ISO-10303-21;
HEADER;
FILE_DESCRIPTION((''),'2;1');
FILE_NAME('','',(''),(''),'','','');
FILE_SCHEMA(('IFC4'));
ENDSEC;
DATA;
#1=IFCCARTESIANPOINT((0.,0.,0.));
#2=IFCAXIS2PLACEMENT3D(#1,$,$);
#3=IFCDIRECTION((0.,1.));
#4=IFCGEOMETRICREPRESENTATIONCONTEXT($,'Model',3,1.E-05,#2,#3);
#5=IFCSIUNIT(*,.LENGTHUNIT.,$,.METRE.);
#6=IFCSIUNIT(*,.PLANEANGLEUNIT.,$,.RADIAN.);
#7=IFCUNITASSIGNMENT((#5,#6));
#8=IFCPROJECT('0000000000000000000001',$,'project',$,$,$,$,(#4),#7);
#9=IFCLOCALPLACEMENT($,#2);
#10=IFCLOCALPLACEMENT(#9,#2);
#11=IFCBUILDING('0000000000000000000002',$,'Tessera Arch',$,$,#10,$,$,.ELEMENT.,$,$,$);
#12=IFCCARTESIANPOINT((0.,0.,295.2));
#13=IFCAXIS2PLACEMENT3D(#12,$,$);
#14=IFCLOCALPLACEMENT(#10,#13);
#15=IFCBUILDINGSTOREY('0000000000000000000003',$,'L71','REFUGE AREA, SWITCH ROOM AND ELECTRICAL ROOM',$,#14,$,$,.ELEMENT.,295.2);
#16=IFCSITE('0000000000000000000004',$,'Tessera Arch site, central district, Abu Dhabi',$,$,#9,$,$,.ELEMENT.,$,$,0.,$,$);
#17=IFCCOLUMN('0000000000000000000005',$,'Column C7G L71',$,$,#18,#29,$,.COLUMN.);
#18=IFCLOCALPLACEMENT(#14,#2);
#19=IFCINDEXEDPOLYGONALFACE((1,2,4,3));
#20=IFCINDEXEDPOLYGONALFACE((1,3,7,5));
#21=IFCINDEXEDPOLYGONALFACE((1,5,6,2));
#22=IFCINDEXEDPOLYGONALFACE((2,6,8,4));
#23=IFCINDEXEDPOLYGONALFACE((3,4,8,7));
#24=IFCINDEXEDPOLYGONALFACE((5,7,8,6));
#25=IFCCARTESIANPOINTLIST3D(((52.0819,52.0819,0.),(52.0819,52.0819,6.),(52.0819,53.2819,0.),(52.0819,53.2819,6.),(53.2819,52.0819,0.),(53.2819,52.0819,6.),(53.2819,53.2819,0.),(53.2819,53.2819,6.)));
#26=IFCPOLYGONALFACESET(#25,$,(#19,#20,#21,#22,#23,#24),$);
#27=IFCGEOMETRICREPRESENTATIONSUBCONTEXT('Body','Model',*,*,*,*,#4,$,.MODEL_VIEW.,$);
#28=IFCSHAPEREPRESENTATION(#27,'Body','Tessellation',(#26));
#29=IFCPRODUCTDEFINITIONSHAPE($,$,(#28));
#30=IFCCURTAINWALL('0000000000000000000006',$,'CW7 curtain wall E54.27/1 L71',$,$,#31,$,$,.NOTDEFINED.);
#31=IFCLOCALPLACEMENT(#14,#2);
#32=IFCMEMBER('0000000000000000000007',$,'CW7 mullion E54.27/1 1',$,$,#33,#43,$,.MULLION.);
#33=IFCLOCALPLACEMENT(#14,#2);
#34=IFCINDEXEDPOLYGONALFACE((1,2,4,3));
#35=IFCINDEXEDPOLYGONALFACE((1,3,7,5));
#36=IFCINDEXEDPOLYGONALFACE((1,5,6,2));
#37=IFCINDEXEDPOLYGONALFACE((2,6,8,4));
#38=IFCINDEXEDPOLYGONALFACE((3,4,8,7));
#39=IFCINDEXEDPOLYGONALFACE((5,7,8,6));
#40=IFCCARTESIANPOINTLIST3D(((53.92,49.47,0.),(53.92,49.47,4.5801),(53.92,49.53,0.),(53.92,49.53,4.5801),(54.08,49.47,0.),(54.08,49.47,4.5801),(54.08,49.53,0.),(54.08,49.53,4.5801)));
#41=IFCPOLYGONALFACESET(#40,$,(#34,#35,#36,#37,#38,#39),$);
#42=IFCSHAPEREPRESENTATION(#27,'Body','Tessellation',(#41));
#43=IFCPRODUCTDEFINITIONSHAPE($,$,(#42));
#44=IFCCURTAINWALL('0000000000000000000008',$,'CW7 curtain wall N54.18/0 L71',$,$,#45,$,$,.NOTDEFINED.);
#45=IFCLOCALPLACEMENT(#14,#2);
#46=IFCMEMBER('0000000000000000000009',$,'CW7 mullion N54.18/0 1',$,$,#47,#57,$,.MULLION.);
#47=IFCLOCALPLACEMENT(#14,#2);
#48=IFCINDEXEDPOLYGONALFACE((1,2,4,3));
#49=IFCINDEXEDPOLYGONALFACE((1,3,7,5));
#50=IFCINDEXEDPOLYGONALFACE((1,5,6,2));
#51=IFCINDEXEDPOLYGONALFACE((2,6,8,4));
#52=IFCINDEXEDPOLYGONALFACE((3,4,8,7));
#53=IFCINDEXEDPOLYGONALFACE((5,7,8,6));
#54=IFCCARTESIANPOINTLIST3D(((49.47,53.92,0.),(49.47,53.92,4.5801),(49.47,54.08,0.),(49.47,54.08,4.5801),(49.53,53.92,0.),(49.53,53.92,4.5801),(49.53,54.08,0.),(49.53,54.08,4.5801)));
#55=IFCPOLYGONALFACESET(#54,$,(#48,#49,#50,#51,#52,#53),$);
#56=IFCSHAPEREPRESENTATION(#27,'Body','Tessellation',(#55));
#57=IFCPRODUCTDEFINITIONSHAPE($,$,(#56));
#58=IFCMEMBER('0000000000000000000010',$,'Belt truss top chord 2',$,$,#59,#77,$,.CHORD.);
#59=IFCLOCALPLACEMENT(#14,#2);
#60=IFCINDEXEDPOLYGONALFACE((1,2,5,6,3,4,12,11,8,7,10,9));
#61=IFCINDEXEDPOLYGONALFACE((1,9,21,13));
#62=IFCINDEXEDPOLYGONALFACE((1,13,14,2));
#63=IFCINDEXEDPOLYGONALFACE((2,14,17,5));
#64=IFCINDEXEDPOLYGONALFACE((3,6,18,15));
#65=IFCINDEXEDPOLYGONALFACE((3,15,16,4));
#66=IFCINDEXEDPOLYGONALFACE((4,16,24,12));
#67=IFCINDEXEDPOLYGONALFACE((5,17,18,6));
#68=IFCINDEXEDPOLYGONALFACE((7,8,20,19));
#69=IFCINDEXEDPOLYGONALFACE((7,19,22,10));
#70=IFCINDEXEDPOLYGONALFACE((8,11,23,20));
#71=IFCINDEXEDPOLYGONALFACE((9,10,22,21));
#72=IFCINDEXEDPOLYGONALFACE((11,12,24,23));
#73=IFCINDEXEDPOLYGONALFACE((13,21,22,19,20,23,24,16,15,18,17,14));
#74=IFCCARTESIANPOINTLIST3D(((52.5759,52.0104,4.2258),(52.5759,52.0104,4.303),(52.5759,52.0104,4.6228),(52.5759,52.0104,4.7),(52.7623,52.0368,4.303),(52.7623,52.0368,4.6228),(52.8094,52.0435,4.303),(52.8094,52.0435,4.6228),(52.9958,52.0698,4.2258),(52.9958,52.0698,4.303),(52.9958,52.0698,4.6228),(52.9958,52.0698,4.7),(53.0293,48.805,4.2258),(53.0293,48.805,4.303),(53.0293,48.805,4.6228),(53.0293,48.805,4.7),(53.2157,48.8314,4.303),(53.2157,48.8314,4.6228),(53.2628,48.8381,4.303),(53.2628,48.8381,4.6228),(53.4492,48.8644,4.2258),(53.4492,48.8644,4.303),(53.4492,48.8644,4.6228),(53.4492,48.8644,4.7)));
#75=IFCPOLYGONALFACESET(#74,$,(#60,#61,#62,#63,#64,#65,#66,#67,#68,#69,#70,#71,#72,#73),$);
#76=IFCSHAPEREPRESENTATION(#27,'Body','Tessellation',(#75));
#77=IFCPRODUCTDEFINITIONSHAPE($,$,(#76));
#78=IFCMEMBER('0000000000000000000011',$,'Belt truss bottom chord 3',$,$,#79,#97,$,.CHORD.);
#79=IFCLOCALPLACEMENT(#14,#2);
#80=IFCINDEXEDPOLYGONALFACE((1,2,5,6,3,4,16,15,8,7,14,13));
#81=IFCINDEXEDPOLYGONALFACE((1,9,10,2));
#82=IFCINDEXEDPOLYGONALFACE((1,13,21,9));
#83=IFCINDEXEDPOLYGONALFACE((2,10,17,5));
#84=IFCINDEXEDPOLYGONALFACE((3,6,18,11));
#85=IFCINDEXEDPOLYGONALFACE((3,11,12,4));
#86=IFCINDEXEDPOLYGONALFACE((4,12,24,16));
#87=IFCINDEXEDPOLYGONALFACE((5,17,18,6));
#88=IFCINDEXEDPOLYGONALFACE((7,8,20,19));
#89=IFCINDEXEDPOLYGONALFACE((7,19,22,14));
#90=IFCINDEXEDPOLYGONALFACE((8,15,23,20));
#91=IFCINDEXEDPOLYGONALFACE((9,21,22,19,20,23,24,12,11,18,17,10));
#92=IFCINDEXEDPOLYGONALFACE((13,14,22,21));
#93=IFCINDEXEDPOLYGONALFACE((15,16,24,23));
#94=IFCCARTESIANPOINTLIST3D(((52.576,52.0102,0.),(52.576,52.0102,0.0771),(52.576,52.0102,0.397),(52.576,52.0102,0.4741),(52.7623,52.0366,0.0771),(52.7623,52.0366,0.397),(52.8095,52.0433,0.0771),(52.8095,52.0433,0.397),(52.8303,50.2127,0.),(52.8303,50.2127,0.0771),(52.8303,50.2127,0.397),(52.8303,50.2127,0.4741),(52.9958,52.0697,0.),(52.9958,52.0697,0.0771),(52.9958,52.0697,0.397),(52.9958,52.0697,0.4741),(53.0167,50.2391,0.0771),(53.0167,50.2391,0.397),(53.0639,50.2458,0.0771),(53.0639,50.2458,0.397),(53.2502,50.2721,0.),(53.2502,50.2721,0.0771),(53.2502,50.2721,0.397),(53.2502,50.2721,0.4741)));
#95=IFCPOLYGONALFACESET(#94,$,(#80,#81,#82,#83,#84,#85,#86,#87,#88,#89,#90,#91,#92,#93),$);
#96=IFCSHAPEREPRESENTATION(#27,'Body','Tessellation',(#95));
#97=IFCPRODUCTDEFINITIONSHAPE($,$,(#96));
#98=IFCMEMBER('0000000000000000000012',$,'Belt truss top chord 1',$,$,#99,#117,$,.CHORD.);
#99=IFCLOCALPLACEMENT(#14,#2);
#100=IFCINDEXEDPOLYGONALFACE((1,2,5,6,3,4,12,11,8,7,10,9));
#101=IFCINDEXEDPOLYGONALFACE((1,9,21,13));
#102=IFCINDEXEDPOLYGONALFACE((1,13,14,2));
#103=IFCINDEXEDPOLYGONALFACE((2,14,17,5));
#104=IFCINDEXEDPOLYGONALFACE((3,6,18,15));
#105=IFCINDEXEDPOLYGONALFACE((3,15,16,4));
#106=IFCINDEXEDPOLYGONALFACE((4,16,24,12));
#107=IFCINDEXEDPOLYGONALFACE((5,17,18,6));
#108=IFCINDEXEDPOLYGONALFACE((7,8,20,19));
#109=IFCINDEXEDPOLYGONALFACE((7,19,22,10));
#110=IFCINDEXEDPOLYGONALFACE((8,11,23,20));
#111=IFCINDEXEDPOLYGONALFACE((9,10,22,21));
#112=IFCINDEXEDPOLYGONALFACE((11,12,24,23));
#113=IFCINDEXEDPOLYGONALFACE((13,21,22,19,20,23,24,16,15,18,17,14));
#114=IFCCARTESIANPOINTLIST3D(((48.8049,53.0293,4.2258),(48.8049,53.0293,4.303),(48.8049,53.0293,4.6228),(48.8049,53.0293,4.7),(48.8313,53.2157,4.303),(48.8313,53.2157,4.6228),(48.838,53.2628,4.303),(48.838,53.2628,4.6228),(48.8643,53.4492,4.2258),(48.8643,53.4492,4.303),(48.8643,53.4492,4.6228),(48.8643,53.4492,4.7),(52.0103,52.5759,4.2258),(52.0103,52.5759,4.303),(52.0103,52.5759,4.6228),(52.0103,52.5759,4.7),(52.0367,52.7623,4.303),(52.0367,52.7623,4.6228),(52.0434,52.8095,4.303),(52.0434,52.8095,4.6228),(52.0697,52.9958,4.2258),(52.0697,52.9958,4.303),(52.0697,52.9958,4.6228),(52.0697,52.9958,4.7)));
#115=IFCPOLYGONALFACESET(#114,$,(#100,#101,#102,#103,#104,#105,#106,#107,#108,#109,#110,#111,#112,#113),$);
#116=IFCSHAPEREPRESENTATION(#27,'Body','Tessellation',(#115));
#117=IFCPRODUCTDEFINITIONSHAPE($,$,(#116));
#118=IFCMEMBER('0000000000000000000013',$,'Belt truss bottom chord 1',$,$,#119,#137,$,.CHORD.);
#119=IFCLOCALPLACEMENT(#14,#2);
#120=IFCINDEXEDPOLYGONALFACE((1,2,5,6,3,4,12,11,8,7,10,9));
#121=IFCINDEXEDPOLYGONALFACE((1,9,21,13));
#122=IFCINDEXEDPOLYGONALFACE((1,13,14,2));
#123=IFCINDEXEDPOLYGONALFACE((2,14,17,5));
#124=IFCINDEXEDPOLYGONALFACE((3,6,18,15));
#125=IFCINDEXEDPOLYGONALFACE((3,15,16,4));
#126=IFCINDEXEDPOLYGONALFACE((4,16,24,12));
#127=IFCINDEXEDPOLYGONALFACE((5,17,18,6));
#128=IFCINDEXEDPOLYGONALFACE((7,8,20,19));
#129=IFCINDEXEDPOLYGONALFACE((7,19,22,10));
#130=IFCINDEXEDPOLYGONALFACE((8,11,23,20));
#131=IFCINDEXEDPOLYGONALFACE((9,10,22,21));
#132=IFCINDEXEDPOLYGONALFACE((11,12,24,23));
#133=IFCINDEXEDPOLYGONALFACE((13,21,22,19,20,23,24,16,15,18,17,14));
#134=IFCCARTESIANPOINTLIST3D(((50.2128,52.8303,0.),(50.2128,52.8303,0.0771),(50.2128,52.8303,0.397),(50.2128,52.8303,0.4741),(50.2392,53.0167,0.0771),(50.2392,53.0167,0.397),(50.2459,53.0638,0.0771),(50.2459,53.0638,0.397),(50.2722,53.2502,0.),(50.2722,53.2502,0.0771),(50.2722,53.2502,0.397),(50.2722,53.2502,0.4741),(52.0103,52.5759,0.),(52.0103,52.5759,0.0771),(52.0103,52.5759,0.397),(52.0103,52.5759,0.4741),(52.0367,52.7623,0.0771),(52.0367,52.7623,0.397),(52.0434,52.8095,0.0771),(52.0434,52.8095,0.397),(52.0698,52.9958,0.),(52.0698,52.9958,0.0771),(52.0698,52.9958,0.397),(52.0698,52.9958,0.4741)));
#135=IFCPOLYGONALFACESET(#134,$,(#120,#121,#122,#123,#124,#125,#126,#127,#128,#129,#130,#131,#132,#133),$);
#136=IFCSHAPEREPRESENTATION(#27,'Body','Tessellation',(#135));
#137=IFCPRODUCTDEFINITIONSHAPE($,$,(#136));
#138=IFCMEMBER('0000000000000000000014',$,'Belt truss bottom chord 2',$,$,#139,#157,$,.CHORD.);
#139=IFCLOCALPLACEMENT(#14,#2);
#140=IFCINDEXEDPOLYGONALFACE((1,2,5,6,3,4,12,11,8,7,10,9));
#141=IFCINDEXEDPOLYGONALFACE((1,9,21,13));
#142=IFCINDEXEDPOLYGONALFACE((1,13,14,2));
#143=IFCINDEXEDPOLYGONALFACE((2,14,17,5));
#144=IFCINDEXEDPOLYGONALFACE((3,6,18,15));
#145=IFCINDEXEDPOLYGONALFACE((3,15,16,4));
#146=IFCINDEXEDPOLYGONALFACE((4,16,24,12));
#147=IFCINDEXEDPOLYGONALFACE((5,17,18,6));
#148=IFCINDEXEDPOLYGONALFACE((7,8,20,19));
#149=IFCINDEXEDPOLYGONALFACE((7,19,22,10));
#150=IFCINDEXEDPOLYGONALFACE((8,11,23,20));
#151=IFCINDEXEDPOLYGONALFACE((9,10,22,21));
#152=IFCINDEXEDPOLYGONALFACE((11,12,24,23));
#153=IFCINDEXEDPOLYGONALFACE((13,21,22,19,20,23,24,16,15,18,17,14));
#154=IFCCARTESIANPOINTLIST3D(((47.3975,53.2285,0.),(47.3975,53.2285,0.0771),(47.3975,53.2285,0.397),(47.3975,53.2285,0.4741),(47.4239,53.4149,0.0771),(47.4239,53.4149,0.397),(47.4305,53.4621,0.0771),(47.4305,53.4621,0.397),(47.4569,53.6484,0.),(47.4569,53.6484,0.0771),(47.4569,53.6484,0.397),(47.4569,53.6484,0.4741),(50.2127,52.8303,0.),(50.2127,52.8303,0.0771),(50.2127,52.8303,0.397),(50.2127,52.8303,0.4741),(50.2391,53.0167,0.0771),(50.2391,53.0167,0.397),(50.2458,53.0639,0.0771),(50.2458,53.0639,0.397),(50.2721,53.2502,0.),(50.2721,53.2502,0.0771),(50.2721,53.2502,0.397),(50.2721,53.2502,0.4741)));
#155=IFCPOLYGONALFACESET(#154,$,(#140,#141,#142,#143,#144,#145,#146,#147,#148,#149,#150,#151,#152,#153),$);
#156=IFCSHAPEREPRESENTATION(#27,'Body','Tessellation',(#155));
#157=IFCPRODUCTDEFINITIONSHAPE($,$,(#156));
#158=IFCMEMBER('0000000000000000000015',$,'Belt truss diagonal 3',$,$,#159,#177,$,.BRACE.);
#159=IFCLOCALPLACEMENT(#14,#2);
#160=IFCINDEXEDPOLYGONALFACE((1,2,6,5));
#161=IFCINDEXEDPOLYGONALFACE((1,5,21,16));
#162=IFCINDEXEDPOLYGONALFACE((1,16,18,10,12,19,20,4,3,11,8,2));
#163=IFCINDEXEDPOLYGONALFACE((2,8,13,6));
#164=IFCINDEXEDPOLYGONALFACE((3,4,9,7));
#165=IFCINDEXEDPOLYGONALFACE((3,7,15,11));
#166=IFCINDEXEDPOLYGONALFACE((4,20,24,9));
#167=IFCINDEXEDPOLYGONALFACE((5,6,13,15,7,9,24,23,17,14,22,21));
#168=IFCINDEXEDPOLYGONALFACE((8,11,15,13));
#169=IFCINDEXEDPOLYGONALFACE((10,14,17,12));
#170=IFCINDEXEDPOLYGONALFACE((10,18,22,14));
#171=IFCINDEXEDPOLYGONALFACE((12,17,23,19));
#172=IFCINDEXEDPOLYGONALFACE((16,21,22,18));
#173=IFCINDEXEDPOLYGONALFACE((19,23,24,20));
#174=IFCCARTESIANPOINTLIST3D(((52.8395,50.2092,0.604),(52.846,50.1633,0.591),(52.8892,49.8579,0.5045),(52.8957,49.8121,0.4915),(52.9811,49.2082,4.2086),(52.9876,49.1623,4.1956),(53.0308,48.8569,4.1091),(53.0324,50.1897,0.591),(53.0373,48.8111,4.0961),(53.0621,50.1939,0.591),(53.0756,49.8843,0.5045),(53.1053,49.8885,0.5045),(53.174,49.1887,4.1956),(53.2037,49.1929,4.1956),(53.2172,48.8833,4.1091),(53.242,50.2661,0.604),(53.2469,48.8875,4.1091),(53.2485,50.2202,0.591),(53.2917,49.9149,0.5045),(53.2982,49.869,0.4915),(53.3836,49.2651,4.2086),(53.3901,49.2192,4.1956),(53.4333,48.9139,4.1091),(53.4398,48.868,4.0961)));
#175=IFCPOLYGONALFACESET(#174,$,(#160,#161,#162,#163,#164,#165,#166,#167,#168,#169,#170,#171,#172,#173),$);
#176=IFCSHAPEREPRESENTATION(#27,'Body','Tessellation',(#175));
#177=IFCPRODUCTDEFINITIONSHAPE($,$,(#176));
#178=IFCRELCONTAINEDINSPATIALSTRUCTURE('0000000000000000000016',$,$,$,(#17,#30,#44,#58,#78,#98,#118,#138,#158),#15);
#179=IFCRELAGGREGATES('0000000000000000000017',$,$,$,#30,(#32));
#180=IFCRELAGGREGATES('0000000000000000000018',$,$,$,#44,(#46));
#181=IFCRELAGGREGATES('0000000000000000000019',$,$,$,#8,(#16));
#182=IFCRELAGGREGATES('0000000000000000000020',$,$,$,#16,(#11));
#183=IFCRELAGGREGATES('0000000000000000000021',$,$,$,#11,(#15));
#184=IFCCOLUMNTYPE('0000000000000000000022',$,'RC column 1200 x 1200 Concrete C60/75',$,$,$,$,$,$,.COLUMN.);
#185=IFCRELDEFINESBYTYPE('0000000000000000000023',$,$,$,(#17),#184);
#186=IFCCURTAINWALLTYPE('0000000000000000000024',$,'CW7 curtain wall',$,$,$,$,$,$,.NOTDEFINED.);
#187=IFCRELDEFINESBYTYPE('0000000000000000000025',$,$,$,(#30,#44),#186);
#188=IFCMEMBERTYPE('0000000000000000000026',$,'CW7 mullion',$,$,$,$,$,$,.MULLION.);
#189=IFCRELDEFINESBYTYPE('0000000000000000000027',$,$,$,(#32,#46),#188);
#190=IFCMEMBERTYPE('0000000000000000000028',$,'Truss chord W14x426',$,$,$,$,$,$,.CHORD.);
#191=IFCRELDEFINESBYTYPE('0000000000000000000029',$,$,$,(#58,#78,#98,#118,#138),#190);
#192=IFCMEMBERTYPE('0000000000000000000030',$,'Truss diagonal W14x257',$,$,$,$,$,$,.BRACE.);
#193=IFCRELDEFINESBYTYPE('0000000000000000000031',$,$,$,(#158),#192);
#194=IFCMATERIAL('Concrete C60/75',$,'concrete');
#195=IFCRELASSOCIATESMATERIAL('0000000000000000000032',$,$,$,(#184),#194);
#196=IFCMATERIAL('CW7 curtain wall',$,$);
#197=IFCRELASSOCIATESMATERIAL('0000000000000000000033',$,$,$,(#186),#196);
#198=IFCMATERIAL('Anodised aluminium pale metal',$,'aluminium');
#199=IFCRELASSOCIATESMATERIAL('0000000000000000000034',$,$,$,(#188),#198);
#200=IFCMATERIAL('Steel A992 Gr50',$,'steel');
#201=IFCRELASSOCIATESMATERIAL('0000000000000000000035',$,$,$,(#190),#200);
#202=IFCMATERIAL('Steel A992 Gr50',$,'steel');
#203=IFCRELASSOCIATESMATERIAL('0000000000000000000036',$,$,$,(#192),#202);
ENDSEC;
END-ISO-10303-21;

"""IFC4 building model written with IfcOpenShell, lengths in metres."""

from ifc_helpers import new_model, si_unit, direction, frame, origin, origin_2d, place, context, subcontext, project, spatial, rectangle, i_section, extrude, material, material_profile, profile_set, type_object, element, aggregate, save


model = new_model("IFC4")

# Units and contexts
model_context = context("Model", 3, precision=1e-05, world=origin(), true_north=direction((0.0, 1.0)))
body_context = subcontext(model_context, "Body", "Model", "MODEL_VIEW")
ifc_project = project(units=[si_unit("LENGTHUNIT", "METRE"), si_unit("PLANEANGLEUNIT", "RADIAN")], contexts=[model_context])

# Site, building, storey
site_placement = place(None, origin())
site = spatial("IfcSite", under=ifc_project, at=site_placement, Name="Tessera Arch site, central district, Abu Dhabi", CompositionType="ELEMENT", RefElevation=0.0)
building_placement = place(site_placement, origin())
building = spatial("IfcBuilding", under=site, at=building_placement, Name="Tessera Arch", CompositionType="ELEMENT")
storey_placement = place(building_placement, frame((0.0, 0.0, 295.2)))
storey = spatial("IfcBuildingStorey", under=building, at=storey_placement, Name="L71", Description="REFUGE AREA, SWITCH ROOM AND ELECTRICAL ROOM", CompositionType="ELEMENT", Elevation=295.2)

# Column
ifc_material_1 = material(Name="Concrete C60/75", Category="concrete")
ifc_material_profile_1 = material_profile(ifc_material_1, rectangle(XDim=1.2, YDim=1.2, at=origin_2d()), Name="RC column 1200 x 1200 Concrete C60/75")
ifc_profile_set_1 = profile_set([ifc_material_profile_1], Name="Concrete C60/75")
column_type = type_object("IfcColumnType", Name="RC column 1200 x 1200 Concrete C60/75", PredefinedType="COLUMN", material=ifc_profile_set_1)
column_placement = place(storey_placement, frame((52.6819, 52.6819, 0.0), z_axis=(0.0, 0.0, 1.0), x_axis=(1.0, 0.0, 0.0)))
element("IfcColumn", 1, at=column_placement, inside=storey, type_object=column_type, Name="Column C7G L71", PredefinedType="COLUMN", context=body_context, shape_type="SweptSolid", body=[
    extrude(rectangle(XDim=1.2, YDim=1.2, at=origin_2d()), origin(), (0.0, 0.0, 1.0), 6.0),
])

# Curtain walls, members
ifc_material_2 = material(Name="CW7 curtain wall")
curtain_wall_type = type_object("IfcCurtainWallType", Name="CW7 curtain wall", PredefinedType="NOTDEFINED", material=ifc_material_2)
curtain_wall_1_placement = place(storey_placement, origin())
curtain_wall_1 = element("IfcCurtainWall", 2, at=curtain_wall_1_placement, inside=storey, type_object=curtain_wall_type, Name="CW7 curtain wall E54.27/1 L71", PredefinedType="NOTDEFINED")
ifc_material_3 = material(Name="Anodised aluminium pale metal", Category="aluminium")
ifc_material_profile_2 = material_profile(ifc_material_3, rectangle(XDim=0.1599, YDim=0.0601, at=origin_2d()), Name="AL 60x160")
ifc_profile_set_2 = profile_set([ifc_material_profile_2], Name="Anodised aluminium pale metal")
member_type_1 = type_object("IfcMemberType", Name="CW7 mullion", PredefinedType="MULLION", material=ifc_profile_set_2)
member_1_placement = place(storey_placement, frame((54.0, 49.5, 0.0), z_axis=(0.0, 0.0, 1.0), x_axis=(-1.0, 0.0, 0.0)))
member_1 = element("IfcMember", 3, at=member_1_placement, type_object=member_type_1, Name="CW7 mullion E54.27/1 1", PredefinedType="MULLION", context=body_context, shape_type="SweptSolid", body=[
    extrude(rectangle(XDim=0.1599, YDim=0.0601, at=origin_2d()), origin(), (0.0, 0.0, 1.0), 4.5801),
])
aggregate(curtain_wall_1, [member_1])
curtain_wall_2_placement = place(storey_placement, origin())
curtain_wall_2 = element("IfcCurtainWall", 4, at=curtain_wall_2_placement, inside=storey, type_object=curtain_wall_type, Name="CW7 curtain wall N54.18/0 L71", PredefinedType="NOTDEFINED")
member_2_placement = place(storey_placement, frame((49.5, 54.0, 0.0), z_axis=(0.0, 0.0, 1.0), x_axis=(0.0, -1.0, 0.0)))
member_2 = element("IfcMember", 5, at=member_2_placement, type_object=member_type_1, Name="CW7 mullion N54.18/0 1", PredefinedType="MULLION", context=body_context, shape_type="SweptSolid", body=[
    extrude(rectangle(XDim=0.1599, YDim=0.0601, at=origin_2d()), origin(), (0.0, 0.0, 1.0), 4.5801),
])
aggregate(curtain_wall_2, [member_2])

# Members
ifc_material_4 = material(Name="Steel A992 Gr50", Category="steel")
ifc_material_profile_3 = material_profile(ifc_material_4, i_section(OverallWidth=0.4241, OverallDepth=0.4741, WebThickness=0.0476, FlangeThickness=0.0771, at=origin_2d()), Name="W14x426")
ifc_profile_set_3 = profile_set([ifc_material_profile_3], Name="Steel A992 Gr50")
member_type_2 = type_object("IfcMemberType", Name="Truss chord W14x426", PredefinedType="CHORD", material=ifc_profile_set_3)
member_3_placement = place(storey_placement, frame((53.2393, 48.8347, 4.4629), z_axis=(-0.140049, 0.990145, 0.0), x_axis=(-0.990145, -0.140049, 0.0)))
element("IfcMember", 6, at=member_3_placement, inside=storey, type_object=member_type_2, Name="Belt truss top chord 2", PredefinedType="CHORD", context=body_context, shape_type="SweptSolid", body=[
    extrude(i_section(OverallWidth=0.4241, OverallDepth=0.4741, WebThickness=0.0476, FlangeThickness=0.0771, at=origin_2d()), origin(), (0.0, 0.0, 1.0), 3.2373),
])
member_4_placement = place(storey_placement, frame((53.0403, 50.2424, 0.2371), z_axis=(-0.140122, 0.990134, 0.0), x_axis=(-0.990134, -0.140122, 0.0)))
element("IfcMember", 7, at=member_4_placement, inside=storey, type_object=member_type_2, Name="Belt truss bottom chord 3", PredefinedType="CHORD", context=body_context, shape_type="SweptSolid", body=[
    extrude(i_section(OverallWidth=0.4241, OverallDepth=0.4741, WebThickness=0.0476, FlangeThickness=0.0771, at=origin_2d()), origin(), (0.0, 0.0, 1.0), 1.8154),
])
member_5_placement = place(storey_placement, frame((52.04, 52.7859, 4.4629), z_axis=(-0.990145, 0.140049, 0.0), x_axis=(-0.140049, -0.990145, 0.0)))
element("IfcMember", 8, at=member_5_placement, inside=storey, type_object=member_type_2, Name="Belt truss top chord 1", PredefinedType="CHORD", context=body_context, shape_type="SweptSolid", body=[
    extrude(i_section(OverallWidth=0.4241, OverallDepth=0.4741, WebThickness=0.0476, FlangeThickness=0.0771, at=origin_2d()), origin(), (0.0, 0.0, 1.0), 3.2373),
])
member_6_placement = place(storey_placement, frame((52.04, 52.7859, 0.2371), z_axis=(-0.990134, 0.140122, 0.0), x_axis=(-0.140122, -0.990134, 0.0)))
element("IfcMember", 9, at=member_6_placement, inside=storey, type_object=member_type_2, Name="Belt truss bottom chord 1", PredefinedType="CHORD", context=body_context, shape_type="SweptSolid", body=[
    extrude(i_section(OverallWidth=0.4241, OverallDepth=0.4741, WebThickness=0.0476, FlangeThickness=0.0771, at=origin_2d()), origin(), (0.0, 0.0, 1.0), 1.8154),
])
member_7_placement = place(storey_placement, frame((50.2424, 53.0403, 0.2371), z_axis=(-0.990144, 0.140051, 0.0), x_axis=(-0.140051, -0.990144, 0.0)))
element("IfcMember", 10, at=member_7_placement, inside=storey, type_object=member_type_2, Name="Belt truss bottom chord 2", PredefinedType="CHORD", context=body_context, shape_type="SweptSolid", body=[
    extrude(i_section(OverallWidth=0.4241, OverallDepth=0.4741, WebThickness=0.0476, FlangeThickness=0.0771, at=origin_2d()), origin(), (0.0, 0.0, 1.0), 2.8433),
])
ifc_material_5 = material(Name="Steel A992 Gr50", Category="steel")
ifc_material_profile_4 = material_profile(ifc_material_5, i_section(OverallWidth=0.4065, OverallDepth=0.4165, WebThickness=0.03, FlangeThickness=0.0481, at=origin_2d()), Name="W14x257")
ifc_profile_set_4 = profile_set([ifc_material_profile_4], Name="Steel A992 Gr50")
member_type_3 = type_object("IfcMemberType", Name="Truss diagonal W14x257", PredefinedType="BRACE", material=ifc_profile_set_4)
for number, where, z_axis, x_axis, name in (
    (11, (53.2104, 49.0381, 4.1523), (-0.037825, 0.267385, -0.962847), (-0.990142, -0.140069, 0.0), "Belt truss diagonal 3"),
):
    element("IfcMember", number, at=place(storey_placement, frame(where, z_axis=z_axis, x_axis=x_axis)), inside=storey, type_object=member_type_3, Name=name, PredefinedType="BRACE", context=body_context, shape_type="SweptSolid", body=[
        extrude(i_section(OverallWidth=0.4065, OverallDepth=0.4165, WebThickness=0.03, FlangeThickness=0.0481, at=origin_2d()), origin(), (0.0, 0.0, 1.0), 3.7437),
    ])

save(model, "model.ifc")
